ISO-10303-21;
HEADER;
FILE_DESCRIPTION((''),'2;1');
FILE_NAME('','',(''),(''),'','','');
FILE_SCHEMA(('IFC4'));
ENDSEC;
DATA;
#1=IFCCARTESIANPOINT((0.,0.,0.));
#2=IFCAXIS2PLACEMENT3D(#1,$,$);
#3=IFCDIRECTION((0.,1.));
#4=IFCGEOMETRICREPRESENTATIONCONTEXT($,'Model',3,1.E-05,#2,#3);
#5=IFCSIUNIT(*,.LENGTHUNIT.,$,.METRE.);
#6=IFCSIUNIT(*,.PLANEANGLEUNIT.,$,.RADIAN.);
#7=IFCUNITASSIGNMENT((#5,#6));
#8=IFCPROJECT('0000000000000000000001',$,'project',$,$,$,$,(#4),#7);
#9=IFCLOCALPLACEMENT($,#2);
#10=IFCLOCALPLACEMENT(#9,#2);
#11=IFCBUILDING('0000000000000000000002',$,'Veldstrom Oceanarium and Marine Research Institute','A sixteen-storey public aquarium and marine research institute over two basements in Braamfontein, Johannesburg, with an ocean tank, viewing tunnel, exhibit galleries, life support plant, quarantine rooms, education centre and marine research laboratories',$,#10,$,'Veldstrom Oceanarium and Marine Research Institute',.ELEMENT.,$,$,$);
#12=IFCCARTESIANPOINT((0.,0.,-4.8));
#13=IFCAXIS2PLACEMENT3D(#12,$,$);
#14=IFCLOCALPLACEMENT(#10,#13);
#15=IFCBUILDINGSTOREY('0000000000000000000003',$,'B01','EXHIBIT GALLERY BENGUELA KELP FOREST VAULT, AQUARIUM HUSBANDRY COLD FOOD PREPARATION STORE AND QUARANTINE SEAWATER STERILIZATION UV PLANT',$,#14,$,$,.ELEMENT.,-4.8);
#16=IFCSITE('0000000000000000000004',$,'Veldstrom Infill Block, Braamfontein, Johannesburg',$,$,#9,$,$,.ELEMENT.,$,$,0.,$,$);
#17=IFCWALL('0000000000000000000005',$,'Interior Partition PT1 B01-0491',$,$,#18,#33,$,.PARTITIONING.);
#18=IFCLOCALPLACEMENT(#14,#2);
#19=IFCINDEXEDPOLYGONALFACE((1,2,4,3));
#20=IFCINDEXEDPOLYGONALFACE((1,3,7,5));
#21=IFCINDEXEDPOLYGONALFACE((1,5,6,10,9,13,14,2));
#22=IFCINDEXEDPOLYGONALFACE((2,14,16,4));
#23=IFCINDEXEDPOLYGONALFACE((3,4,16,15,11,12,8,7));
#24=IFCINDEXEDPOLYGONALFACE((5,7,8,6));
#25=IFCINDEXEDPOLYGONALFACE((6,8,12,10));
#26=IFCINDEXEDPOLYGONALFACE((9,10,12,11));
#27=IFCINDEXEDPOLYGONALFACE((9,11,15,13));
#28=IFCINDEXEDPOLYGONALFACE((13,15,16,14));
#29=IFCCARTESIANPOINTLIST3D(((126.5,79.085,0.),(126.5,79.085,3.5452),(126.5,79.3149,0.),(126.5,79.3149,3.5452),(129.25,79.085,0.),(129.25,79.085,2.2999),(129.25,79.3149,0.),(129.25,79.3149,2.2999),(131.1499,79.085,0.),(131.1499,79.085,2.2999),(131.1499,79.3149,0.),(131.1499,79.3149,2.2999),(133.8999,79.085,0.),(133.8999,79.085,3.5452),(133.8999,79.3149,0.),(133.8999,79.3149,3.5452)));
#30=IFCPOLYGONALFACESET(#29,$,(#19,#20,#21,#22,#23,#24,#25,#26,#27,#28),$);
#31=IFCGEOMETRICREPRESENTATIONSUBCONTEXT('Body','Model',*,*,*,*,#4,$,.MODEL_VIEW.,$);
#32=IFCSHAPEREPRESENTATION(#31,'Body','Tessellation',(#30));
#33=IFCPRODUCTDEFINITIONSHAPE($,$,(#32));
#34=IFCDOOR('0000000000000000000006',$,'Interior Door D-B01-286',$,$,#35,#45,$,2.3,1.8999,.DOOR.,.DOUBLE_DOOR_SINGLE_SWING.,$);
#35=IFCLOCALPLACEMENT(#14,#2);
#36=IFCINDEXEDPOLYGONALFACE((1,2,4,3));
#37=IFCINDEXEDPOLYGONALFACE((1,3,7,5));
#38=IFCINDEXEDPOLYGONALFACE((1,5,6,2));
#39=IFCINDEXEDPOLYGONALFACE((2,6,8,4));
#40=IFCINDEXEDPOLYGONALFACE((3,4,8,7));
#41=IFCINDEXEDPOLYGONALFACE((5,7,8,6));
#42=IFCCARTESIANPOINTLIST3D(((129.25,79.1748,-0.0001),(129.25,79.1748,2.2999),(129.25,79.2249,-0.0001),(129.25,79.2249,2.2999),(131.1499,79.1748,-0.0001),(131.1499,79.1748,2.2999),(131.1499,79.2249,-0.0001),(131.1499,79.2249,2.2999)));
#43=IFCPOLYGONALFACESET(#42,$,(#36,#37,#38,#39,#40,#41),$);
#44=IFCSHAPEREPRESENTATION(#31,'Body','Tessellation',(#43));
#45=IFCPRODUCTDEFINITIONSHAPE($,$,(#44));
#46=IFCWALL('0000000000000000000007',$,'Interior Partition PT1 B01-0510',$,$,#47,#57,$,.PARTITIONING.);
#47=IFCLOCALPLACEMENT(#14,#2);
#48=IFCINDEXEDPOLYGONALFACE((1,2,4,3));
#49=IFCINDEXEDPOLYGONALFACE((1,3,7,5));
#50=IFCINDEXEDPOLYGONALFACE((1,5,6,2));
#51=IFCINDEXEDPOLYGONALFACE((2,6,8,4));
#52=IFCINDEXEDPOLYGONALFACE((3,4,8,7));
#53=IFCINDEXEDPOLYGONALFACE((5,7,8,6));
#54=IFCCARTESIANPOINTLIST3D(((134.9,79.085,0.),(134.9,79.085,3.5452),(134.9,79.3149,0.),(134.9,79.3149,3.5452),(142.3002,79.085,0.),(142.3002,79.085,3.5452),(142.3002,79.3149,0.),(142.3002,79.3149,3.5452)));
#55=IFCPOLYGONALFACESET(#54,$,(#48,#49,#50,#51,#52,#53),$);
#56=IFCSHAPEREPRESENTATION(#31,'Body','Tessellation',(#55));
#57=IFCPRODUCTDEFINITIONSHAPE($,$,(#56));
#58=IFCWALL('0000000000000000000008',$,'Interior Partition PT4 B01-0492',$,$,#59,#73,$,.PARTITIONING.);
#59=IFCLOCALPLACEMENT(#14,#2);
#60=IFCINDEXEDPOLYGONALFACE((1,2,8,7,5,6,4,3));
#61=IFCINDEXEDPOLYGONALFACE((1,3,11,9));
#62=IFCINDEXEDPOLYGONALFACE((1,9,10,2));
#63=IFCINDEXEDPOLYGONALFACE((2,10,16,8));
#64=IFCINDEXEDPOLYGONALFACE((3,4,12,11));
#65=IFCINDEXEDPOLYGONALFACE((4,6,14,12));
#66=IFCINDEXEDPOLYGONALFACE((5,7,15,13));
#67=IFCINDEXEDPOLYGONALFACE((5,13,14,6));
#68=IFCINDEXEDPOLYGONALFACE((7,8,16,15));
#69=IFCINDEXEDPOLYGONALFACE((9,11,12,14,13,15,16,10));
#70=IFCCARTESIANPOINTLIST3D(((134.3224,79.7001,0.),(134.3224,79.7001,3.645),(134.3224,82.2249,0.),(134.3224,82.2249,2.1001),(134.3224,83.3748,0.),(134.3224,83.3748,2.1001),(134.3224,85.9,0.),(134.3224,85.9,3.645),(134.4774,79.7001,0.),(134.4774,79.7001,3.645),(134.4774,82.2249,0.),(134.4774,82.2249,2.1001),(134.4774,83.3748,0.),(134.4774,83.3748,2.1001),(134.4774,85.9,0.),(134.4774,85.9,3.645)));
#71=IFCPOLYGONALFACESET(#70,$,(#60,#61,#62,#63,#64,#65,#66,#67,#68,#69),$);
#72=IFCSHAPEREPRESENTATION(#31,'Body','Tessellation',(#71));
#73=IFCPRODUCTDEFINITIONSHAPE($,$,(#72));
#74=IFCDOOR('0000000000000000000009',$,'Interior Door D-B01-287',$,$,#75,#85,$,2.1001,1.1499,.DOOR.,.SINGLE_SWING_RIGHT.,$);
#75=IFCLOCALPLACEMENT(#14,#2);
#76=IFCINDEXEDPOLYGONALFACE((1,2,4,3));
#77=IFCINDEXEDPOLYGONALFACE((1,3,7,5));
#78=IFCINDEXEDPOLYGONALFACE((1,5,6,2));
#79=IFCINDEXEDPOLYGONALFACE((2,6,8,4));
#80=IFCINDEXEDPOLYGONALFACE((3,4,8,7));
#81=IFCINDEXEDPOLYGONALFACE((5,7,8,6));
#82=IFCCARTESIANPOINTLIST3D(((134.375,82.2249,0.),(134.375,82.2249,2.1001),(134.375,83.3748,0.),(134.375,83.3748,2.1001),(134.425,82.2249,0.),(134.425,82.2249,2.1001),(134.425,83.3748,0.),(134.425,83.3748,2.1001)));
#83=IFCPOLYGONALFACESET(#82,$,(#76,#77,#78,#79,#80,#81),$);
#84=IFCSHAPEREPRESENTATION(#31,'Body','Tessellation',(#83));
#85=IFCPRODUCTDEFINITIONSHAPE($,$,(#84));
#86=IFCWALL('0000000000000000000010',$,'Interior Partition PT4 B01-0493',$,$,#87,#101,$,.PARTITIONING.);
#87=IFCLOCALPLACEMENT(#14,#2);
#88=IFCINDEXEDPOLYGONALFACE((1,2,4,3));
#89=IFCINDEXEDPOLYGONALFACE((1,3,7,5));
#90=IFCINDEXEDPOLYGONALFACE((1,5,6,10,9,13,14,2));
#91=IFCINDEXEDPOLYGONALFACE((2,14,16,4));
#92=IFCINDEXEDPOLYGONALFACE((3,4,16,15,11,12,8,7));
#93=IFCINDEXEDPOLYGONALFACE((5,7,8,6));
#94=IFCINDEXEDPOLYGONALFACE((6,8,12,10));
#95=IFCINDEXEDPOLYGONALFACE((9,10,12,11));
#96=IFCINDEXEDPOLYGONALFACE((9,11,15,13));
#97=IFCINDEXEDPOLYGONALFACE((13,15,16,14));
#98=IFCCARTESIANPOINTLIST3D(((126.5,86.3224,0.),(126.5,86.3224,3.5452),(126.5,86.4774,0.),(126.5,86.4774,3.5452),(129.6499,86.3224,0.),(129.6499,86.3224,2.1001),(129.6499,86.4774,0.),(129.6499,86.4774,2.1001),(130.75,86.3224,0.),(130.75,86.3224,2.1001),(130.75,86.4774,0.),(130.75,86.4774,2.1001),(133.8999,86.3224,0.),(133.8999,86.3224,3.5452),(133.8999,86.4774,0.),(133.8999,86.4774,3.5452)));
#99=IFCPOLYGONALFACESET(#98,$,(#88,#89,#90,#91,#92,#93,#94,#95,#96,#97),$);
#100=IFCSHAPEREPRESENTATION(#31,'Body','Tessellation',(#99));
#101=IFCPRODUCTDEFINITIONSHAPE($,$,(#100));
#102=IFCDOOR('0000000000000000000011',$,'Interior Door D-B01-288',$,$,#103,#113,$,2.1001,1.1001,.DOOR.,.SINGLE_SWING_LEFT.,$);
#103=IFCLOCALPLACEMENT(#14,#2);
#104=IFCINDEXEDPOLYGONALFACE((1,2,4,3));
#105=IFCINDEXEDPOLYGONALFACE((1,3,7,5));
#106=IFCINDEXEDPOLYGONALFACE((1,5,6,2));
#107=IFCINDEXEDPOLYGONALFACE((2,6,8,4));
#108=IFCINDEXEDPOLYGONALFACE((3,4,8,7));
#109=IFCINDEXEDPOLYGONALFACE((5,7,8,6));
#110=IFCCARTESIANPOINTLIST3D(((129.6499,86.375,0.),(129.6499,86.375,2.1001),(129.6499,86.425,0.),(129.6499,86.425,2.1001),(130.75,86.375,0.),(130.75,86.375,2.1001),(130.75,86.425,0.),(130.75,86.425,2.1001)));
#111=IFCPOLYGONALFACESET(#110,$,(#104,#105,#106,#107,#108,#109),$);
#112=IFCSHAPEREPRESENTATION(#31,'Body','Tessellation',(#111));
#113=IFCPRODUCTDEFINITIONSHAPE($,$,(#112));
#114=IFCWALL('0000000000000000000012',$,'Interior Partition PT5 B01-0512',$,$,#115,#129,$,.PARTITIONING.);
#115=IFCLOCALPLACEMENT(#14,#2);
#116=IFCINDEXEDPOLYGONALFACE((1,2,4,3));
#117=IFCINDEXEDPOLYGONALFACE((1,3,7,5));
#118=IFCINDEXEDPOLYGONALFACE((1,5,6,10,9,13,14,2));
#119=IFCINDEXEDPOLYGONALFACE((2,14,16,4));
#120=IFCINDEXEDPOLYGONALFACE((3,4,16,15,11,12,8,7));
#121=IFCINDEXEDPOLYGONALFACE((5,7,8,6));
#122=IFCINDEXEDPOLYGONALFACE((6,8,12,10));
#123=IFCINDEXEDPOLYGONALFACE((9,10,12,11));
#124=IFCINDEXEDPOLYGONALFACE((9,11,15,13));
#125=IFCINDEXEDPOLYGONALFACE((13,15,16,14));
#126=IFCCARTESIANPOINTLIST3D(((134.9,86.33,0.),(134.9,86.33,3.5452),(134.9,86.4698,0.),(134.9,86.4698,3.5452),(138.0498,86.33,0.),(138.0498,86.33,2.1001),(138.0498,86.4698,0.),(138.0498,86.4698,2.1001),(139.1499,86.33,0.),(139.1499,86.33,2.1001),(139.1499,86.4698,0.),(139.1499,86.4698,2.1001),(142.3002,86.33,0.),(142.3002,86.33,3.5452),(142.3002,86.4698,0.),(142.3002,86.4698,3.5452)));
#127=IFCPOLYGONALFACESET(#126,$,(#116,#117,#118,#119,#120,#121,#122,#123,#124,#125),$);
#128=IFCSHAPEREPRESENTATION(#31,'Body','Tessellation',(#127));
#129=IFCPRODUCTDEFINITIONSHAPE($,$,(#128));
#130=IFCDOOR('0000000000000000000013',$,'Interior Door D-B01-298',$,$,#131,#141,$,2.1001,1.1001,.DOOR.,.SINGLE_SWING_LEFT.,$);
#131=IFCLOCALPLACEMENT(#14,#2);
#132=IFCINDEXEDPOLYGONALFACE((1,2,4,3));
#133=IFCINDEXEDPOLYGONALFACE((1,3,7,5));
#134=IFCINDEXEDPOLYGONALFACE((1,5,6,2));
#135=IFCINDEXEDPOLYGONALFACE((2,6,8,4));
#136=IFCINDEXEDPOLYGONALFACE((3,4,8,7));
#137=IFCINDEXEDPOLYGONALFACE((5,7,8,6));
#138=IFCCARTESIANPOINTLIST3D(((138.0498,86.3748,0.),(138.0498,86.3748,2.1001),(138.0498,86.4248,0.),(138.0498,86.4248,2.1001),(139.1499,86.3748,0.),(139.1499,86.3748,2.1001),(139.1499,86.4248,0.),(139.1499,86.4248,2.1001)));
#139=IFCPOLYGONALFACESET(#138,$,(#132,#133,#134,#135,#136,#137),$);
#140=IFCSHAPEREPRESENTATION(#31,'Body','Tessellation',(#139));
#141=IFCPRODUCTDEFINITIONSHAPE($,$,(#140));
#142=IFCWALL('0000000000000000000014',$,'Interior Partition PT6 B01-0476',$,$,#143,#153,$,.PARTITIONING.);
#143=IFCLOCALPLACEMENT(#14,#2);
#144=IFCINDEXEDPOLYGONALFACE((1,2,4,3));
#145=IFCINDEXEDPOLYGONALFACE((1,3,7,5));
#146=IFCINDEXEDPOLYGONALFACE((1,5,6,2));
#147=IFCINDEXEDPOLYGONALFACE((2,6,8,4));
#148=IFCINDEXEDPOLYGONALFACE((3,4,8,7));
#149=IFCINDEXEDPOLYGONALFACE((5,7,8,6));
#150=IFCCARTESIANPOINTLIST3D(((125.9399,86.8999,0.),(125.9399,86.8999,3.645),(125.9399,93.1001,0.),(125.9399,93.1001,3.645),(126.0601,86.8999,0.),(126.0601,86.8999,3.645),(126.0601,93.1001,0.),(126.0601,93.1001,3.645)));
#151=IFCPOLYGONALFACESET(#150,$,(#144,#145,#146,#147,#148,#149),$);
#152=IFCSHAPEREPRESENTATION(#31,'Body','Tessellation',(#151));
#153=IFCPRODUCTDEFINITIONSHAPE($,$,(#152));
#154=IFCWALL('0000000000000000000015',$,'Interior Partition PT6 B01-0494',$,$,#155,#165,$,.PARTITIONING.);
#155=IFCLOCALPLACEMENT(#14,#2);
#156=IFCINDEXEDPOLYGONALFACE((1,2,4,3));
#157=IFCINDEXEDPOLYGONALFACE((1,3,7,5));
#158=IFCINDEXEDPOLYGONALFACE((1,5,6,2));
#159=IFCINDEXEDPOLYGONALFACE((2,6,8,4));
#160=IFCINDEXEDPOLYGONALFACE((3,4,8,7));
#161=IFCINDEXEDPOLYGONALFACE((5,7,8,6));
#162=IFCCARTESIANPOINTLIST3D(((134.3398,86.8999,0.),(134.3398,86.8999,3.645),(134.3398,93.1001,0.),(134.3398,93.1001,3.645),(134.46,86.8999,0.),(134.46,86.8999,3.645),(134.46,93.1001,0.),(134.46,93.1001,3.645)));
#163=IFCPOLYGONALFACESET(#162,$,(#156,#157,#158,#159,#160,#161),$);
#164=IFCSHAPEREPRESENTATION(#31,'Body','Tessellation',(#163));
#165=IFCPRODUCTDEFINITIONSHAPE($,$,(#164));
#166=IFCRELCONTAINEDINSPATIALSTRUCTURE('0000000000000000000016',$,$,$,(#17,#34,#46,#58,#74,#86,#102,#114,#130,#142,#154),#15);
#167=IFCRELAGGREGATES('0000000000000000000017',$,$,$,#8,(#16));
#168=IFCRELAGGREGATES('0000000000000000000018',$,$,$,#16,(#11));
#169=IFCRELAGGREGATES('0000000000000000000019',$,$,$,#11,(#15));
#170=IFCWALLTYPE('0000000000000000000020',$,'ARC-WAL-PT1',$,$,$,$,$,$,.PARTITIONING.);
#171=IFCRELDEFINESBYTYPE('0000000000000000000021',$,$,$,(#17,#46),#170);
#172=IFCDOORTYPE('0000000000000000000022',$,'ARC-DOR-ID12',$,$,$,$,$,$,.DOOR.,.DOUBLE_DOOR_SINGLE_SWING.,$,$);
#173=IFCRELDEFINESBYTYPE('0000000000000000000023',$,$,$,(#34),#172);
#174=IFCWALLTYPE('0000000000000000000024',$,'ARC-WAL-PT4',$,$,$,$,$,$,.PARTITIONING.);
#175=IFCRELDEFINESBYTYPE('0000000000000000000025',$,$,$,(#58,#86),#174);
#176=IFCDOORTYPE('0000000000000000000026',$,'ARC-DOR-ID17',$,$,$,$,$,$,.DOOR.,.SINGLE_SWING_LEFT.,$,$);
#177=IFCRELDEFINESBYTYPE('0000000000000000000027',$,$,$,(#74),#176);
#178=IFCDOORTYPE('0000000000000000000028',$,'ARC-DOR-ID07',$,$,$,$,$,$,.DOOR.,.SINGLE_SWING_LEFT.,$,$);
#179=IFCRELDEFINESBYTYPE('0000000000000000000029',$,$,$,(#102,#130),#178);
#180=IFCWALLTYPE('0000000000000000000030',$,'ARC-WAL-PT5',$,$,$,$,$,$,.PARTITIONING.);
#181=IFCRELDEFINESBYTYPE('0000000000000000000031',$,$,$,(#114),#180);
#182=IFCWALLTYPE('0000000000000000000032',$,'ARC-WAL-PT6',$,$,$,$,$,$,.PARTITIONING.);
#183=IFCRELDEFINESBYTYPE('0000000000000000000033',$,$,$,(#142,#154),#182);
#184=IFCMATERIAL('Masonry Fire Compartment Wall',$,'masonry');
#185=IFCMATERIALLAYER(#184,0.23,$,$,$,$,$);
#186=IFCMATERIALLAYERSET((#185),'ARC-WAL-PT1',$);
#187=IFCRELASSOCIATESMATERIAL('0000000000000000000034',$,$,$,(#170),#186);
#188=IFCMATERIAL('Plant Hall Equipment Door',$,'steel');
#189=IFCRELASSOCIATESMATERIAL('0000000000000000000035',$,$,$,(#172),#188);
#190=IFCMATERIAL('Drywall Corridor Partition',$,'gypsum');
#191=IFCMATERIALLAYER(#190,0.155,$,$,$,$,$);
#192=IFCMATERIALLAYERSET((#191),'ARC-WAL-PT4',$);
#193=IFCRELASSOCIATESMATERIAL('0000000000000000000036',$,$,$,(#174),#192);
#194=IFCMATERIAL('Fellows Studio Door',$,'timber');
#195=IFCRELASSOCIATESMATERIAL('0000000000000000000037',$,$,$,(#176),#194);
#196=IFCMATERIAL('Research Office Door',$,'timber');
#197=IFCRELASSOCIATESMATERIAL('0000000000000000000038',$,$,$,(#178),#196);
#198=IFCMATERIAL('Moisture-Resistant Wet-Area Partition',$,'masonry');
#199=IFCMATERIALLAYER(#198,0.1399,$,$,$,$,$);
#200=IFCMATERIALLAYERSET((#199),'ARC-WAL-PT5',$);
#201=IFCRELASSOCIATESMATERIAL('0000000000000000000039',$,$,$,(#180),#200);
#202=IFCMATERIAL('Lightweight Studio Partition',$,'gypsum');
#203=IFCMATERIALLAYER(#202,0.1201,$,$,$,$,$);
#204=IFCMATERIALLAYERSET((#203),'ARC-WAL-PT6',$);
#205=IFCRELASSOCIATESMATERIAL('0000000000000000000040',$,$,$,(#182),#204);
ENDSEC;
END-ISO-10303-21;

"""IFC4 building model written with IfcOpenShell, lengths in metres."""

from ifc_helpers import new_model, si_unit, direction, frame, frame_2d, origin, place, context, subcontext, project, spatial, rectangle, extrude, material, layer, layer_set, type_object, element, fill, save


model = new_model("IFC4")

# Units and contexts
model_context = context("Model", 3, precision=1e-05, world=origin(), true_north=direction((0.0, 1.0)))
body_context = subcontext(model_context, "Body", "Model", "MODEL_VIEW")
ifc_project = project(units=[si_unit("LENGTHUNIT", "METRE"), si_unit("PLANEANGLEUNIT", "RADIAN")], contexts=[model_context])

# Site, building, storey
site_placement = place(None, origin())
site = spatial("IfcSite", under=ifc_project, at=site_placement, Name="Veldstrom Infill Block, Braamfontein, Johannesburg", CompositionType="ELEMENT", RefElevation=0.0)
building_placement = place(site_placement, origin())
building = spatial("IfcBuilding", under=site, at=building_placement, Name="Veldstrom Oceanarium and Marine Research Institute", Description="A sixteen-storey public aquarium and marine research institute over two basements in Braamfontein, Johannesburg, with an ocean tank, viewing tunnel, exhibit galleries, life support plant, quarantine rooms, education centre and marine research laboratories", LongName="Veldstrom Oceanarium and Marine Research Institute", CompositionType="ELEMENT")
storey_placement = place(building_placement, frame((0.0, 0.0, -4.8)))
storey = spatial("IfcBuildingStorey", under=building, at=storey_placement, Name="B01", Description="EXHIBIT GALLERY BENGUELA KELP FOREST VAULT, AQUARIUM HUSBANDRY COLD FOOD PREPARATION STORE AND QUARANTINE SEAWATER STERILIZATION UV PLANT", CompositionType="ELEMENT", Elevation=-4.8)

# Wall, opening, door
ifc_material_1 = material(Name="Masonry Fire Compartment Wall", Category="masonry")
ifc_layer_1 = layer(ifc_material_1, 0.23)
ifc_layer_set_1 = layer_set([ifc_layer_1], Name="ARC-WAL-PT1")
wall_type_1 = type_object("IfcWallType", Name="ARC-WAL-PT1", PredefinedType="PARTITIONING", material=ifc_layer_set_1)
wall_1_placement = place(storey_placement, frame((126.5, 79.2, 0.0), z_axis=(0.0, 0.0, 1.0), x_axis=(1.0, 0.0, 0.0)))
wall_1 = element("IfcWall", 1, at=wall_1_placement, inside=storey, type_object=wall_type_1, Name="Interior Partition PT1 B01-0491", PredefinedType="PARTITIONING", context=body_context, shape_type="SweptSolid", body=[
    extrude(rectangle(XDim=7.3999, YDim=0.23, at=frame_2d((3.7, 0.0))), origin(), (0.0, 0.0, 1.0), 3.5452),
])
opening_1_placement = place(wall_1_placement, frame((2.75, 0.0, 0.0)))
opening_1 = element("IfcOpeningElement", 2, at=opening_1_placement, cuts=wall_1, PredefinedType="OPENING", context=body_context, shape_type="SweptSolid", body=[
    extrude(rectangle(XDim=1.8999, YDim=2.3, at=frame_2d((0.95, 1.1499))), frame((0.0, 0.125, 0.0), z_axis=(0.0, -1.0, 0.0), x_axis=(1.0, 0.0, 0.0)), (0.0, 0.0, 1.0), 0.25),
])
ifc_material_2 = material(Name="Plant Hall Equipment Door", Category="steel")
door_type_1 = type_object("IfcDoorType", Name="ARC-DOR-ID12", OperationType="DOUBLE_DOOR_SINGLE_SWING", PredefinedType="DOOR", material=ifc_material_2)
door_1_placement = place(opening_1_placement, origin())
door_1 = element("IfcDoor", 3, at=door_1_placement, inside=storey, type_object=door_type_1, Name="Interior Door D-B01-286", OperationType="DOUBLE_DOOR_SINGLE_SWING", OverallHeight=2.3, OverallWidth=1.8999, PredefinedType="DOOR", context=body_context, shape_type="SweptSolid", body=[
    extrude(rectangle(XDim=1.8999, YDim=2.3, at=frame_2d((0.95, 1.1499))), frame((0.0, 0.0249, 0.0), z_axis=(0.0, -1.0, 0.0), x_axis=(1.0, 0.0, 0.0)), (0.0, 0.0, 1.0), 0.05),
])
fill(opening_1, door_1)

# Wall
wall_2_placement = place(storey_placement, frame((134.8999, 79.2, 0.0), z_axis=(0.0, 0.0, 1.0), x_axis=(1.0, 0.0, 0.0)))
element("IfcWall", 4, at=wall_2_placement, inside=storey, type_object=wall_type_1, Name="Interior Partition PT1 B01-0510", PredefinedType="PARTITIONING", context=body_context, shape_type="SweptSolid", body=[
    extrude(rectangle(XDim=7.4001, YDim=0.23, at=frame_2d((3.7002, 0.0))), origin(), (0.0, 0.0, 1.0), 3.5452),
])

# Walls, openings, doors
ifc_material_3 = material(Name="Drywall Corridor Partition", Category="gypsum")
ifc_layer_2 = layer(ifc_material_3, 0.155)
ifc_layer_set_2 = layer_set([ifc_layer_2], Name="ARC-WAL-PT4")
wall_type_2 = type_object("IfcWallType", Name="ARC-WAL-PT4", PredefinedType="PARTITIONING", material=ifc_layer_set_2)
wall_3_placement = place(storey_placement, frame((134.3999, 79.7, 0.0), z_axis=(0.0, 0.0, 1.0), x_axis=(0.0, 1.0, 0.0)))
wall_3 = element("IfcWall", 5, at=wall_3_placement, inside=storey, type_object=wall_type_2, Name="Interior Partition PT4 B01-0492", PredefinedType="PARTITIONING", context=body_context, shape_type="SweptSolid", body=[
    extrude(rectangle(XDim=6.2, YDim=0.155, at=frame_2d((3.1001, 0.0))), origin(), (0.0, 0.0, 1.0), 3.645),
])
opening_2_placement = place(wall_3_placement, frame((2.5249, 0.0, 0.0)))
opening_2 = element("IfcOpeningElement", 6, at=opening_2_placement, cuts=wall_3, PredefinedType="OPENING", context=body_context, shape_type="SweptSolid", body=[
    extrude(rectangle(XDim=1.1499, YDim=2.1001, at=frame_2d((0.575, 1.05))), frame((0.0, 0.0874, 0.0), z_axis=(0.0, -1.0, 0.0), x_axis=(1.0, 0.0, 0.0)), (0.0, 0.0, 1.0), 0.175),
])
ifc_material_4 = material(Name="Fellows Studio Door", Category="timber")
door_type_2 = type_object("IfcDoorType", Name="ARC-DOR-ID17", OperationType="SINGLE_SWING_LEFT", PredefinedType="DOOR", material=ifc_material_4)
door_2_placement = place(opening_2_placement, origin())
door_2 = element("IfcDoor", 7, at=door_2_placement, inside=storey, type_object=door_type_2, Name="Interior Door D-B01-287", OperationType="SINGLE_SWING_RIGHT", OverallHeight=2.1001, OverallWidth=1.1499, PredefinedType="DOOR", context=body_context, shape_type="SweptSolid", body=[
    extrude(rectangle(XDim=1.1499, YDim=2.1001, at=frame_2d((0.575, 1.05))), frame((0.0, 0.0249, 0.0), z_axis=(0.0, -1.0, 0.0), x_axis=(1.0, 0.0, 0.0)), (0.0, 0.0, 1.0), 0.05),
])
fill(opening_2, door_2)
wall_4_placement = place(storey_placement, frame((126.5, 86.3999, 0.0), z_axis=(0.0, 0.0, 1.0), x_axis=(1.0, 0.0, 0.0)))
wall_4 = element("IfcWall", 8, at=wall_4_placement, inside=storey, type_object=wall_type_2, Name="Interior Partition PT4 B01-0493", PredefinedType="PARTITIONING", context=body_context, shape_type="SweptSolid", body=[
    extrude(rectangle(XDim=7.3999, YDim=0.155, at=frame_2d((3.7, 0.0))), origin(), (0.0, 0.0, 1.0), 3.5452),
])
opening_3_placement = place(wall_4_placement, frame((3.1499, 0.0, 0.0)))
opening_3 = element("IfcOpeningElement", 9, at=opening_3_placement, cuts=wall_4, PredefinedType="OPENING", context=body_context, shape_type="SweptSolid", body=[
    extrude(rectangle(XDim=1.1001, YDim=2.1001, at=frame_2d((0.55, 1.05))), frame((0.0, 0.0874, 0.0), z_axis=(0.0, -1.0, 0.0), x_axis=(1.0, 0.0, 0.0)), (0.0, 0.0, 1.0), 0.175),
])
ifc_material_5 = material(Name="Research Office Door", Category="timber")
door_type_3 = type_object("IfcDoorType", Name="ARC-DOR-ID07", OperationType="SINGLE_SWING_LEFT", PredefinedType="DOOR", material=ifc_material_5)
door_3_placement = place(opening_3_placement, frame((1.1001, 0.0, 0.0), z_axis=(0.0, 0.0, 1.0), x_axis=(-1.0, 0.0, 0.0)))
door_3 = element("IfcDoor", 10, at=door_3_placement, inside=storey, type_object=door_type_3, Name="Interior Door D-B01-288", OperationType="SINGLE_SWING_LEFT", OverallHeight=2.1001, OverallWidth=1.1001, PredefinedType="DOOR", context=body_context, shape_type="SweptSolid", body=[
    extrude(rectangle(XDim=1.1001, YDim=2.1001, at=frame_2d((0.55, 1.05))), frame((0.0, 0.0249, 0.0), z_axis=(0.0, -1.0, 0.0), x_axis=(1.0, 0.0, 0.0)), (0.0, 0.0, 1.0), 0.05),
])
fill(opening_3, door_3)
ifc_material_6 = material(Name="Moisture-Resistant Wet-Area Partition", Category="masonry")
ifc_layer_3 = layer(ifc_material_6, 0.1399)
ifc_layer_set_3 = layer_set([ifc_layer_3], Name="ARC-WAL-PT5")
wall_type_3 = type_object("IfcWallType", Name="ARC-WAL-PT5", PredefinedType="PARTITIONING", material=ifc_layer_set_3)
wall_5_placement = place(storey_placement, frame((134.8999, 86.3999, 0.0), z_axis=(0.0, 0.0, 1.0), x_axis=(1.0, 0.0, 0.0)))
wall_5 = element("IfcWall", 11, at=wall_5_placement, inside=storey, type_object=wall_type_3, Name="Interior Partition PT5 B01-0512", PredefinedType="PARTITIONING", context=body_context, shape_type="SweptSolid", body=[
    extrude(rectangle(XDim=7.4001, YDim=0.1399, at=frame_2d((3.7002, 0.0))), origin(), (0.0, 0.0, 1.0), 3.5452),
])
opening_4_placement = place(wall_5_placement, frame((3.1499, 0.0, 0.0)))
opening_4 = element("IfcOpeningElement", 12, at=opening_4_placement, cuts=wall_5, PredefinedType="OPENING", context=body_context, shape_type="SweptSolid", body=[
    extrude(rectangle(XDim=1.1001, YDim=2.1001, at=frame_2d((0.55, 1.05))), frame((0.0, 0.0798, 0.0), z_axis=(0.0, -1.0, 0.0), x_axis=(1.0, 0.0, 0.0)), (0.0, 0.0, 1.0), 0.1599),
])
door_4_placement = place(opening_4_placement, origin())
door_4 = element("IfcDoor", 13, at=door_4_placement, inside=storey, type_object=door_type_3, Name="Interior Door D-B01-298", OperationType="SINGLE_SWING_LEFT", OverallHeight=2.1001, OverallWidth=1.1001, PredefinedType="DOOR", context=body_context, shape_type="SweptSolid", body=[
    extrude(rectangle(XDim=1.1001, YDim=2.1001, at=frame_2d((0.55, 1.05))), frame((0.0, 0.0249, 0.0), z_axis=(0.0, -1.0, 0.0), x_axis=(1.0, 0.0, 0.0)), (0.0, 0.0, 1.0), 0.05),
])
fill(opening_4, door_4)

# Walls
ifc_material_7 = material(Name="Lightweight Studio Partition", Category="gypsum")
ifc_layer_4 = layer(ifc_material_7, 0.1201)
ifc_layer_set_4 = layer_set([ifc_layer_4], Name="ARC-WAL-PT6")
wall_type_4 = type_object("IfcWallType", Name="ARC-WAL-PT6", PredefinedType="PARTITIONING", material=ifc_layer_set_4)
for number, where, z_axis, x_axis, name in (
    (14, (126.0, 86.8999, 0.0), (0.0, 0.0, 1.0), (0.0, 1.0, 0.0), "Interior Partition PT6 B01-0476"),
    (15, (134.3999, 86.8999, 0.0), (0.0, 0.0, 1.0), (0.0, 1.0, 0.0), "Interior Partition PT6 B01-0494"),
):
    element("IfcWall", number, at=place(storey_placement, frame(where, z_axis=z_axis, x_axis=x_axis)), inside=storey, type_object=wall_type_4, Name=name, PredefinedType="PARTITIONING", context=body_context, shape_type="SweptSolid", body=[
        extrude(rectangle(XDim=6.2002, YDim=0.1201, at=frame_2d((3.1001, 0.0))), origin(), (0.0, 0.0, 1.0), 3.645),
    ])

save(model, "model.ifc")
